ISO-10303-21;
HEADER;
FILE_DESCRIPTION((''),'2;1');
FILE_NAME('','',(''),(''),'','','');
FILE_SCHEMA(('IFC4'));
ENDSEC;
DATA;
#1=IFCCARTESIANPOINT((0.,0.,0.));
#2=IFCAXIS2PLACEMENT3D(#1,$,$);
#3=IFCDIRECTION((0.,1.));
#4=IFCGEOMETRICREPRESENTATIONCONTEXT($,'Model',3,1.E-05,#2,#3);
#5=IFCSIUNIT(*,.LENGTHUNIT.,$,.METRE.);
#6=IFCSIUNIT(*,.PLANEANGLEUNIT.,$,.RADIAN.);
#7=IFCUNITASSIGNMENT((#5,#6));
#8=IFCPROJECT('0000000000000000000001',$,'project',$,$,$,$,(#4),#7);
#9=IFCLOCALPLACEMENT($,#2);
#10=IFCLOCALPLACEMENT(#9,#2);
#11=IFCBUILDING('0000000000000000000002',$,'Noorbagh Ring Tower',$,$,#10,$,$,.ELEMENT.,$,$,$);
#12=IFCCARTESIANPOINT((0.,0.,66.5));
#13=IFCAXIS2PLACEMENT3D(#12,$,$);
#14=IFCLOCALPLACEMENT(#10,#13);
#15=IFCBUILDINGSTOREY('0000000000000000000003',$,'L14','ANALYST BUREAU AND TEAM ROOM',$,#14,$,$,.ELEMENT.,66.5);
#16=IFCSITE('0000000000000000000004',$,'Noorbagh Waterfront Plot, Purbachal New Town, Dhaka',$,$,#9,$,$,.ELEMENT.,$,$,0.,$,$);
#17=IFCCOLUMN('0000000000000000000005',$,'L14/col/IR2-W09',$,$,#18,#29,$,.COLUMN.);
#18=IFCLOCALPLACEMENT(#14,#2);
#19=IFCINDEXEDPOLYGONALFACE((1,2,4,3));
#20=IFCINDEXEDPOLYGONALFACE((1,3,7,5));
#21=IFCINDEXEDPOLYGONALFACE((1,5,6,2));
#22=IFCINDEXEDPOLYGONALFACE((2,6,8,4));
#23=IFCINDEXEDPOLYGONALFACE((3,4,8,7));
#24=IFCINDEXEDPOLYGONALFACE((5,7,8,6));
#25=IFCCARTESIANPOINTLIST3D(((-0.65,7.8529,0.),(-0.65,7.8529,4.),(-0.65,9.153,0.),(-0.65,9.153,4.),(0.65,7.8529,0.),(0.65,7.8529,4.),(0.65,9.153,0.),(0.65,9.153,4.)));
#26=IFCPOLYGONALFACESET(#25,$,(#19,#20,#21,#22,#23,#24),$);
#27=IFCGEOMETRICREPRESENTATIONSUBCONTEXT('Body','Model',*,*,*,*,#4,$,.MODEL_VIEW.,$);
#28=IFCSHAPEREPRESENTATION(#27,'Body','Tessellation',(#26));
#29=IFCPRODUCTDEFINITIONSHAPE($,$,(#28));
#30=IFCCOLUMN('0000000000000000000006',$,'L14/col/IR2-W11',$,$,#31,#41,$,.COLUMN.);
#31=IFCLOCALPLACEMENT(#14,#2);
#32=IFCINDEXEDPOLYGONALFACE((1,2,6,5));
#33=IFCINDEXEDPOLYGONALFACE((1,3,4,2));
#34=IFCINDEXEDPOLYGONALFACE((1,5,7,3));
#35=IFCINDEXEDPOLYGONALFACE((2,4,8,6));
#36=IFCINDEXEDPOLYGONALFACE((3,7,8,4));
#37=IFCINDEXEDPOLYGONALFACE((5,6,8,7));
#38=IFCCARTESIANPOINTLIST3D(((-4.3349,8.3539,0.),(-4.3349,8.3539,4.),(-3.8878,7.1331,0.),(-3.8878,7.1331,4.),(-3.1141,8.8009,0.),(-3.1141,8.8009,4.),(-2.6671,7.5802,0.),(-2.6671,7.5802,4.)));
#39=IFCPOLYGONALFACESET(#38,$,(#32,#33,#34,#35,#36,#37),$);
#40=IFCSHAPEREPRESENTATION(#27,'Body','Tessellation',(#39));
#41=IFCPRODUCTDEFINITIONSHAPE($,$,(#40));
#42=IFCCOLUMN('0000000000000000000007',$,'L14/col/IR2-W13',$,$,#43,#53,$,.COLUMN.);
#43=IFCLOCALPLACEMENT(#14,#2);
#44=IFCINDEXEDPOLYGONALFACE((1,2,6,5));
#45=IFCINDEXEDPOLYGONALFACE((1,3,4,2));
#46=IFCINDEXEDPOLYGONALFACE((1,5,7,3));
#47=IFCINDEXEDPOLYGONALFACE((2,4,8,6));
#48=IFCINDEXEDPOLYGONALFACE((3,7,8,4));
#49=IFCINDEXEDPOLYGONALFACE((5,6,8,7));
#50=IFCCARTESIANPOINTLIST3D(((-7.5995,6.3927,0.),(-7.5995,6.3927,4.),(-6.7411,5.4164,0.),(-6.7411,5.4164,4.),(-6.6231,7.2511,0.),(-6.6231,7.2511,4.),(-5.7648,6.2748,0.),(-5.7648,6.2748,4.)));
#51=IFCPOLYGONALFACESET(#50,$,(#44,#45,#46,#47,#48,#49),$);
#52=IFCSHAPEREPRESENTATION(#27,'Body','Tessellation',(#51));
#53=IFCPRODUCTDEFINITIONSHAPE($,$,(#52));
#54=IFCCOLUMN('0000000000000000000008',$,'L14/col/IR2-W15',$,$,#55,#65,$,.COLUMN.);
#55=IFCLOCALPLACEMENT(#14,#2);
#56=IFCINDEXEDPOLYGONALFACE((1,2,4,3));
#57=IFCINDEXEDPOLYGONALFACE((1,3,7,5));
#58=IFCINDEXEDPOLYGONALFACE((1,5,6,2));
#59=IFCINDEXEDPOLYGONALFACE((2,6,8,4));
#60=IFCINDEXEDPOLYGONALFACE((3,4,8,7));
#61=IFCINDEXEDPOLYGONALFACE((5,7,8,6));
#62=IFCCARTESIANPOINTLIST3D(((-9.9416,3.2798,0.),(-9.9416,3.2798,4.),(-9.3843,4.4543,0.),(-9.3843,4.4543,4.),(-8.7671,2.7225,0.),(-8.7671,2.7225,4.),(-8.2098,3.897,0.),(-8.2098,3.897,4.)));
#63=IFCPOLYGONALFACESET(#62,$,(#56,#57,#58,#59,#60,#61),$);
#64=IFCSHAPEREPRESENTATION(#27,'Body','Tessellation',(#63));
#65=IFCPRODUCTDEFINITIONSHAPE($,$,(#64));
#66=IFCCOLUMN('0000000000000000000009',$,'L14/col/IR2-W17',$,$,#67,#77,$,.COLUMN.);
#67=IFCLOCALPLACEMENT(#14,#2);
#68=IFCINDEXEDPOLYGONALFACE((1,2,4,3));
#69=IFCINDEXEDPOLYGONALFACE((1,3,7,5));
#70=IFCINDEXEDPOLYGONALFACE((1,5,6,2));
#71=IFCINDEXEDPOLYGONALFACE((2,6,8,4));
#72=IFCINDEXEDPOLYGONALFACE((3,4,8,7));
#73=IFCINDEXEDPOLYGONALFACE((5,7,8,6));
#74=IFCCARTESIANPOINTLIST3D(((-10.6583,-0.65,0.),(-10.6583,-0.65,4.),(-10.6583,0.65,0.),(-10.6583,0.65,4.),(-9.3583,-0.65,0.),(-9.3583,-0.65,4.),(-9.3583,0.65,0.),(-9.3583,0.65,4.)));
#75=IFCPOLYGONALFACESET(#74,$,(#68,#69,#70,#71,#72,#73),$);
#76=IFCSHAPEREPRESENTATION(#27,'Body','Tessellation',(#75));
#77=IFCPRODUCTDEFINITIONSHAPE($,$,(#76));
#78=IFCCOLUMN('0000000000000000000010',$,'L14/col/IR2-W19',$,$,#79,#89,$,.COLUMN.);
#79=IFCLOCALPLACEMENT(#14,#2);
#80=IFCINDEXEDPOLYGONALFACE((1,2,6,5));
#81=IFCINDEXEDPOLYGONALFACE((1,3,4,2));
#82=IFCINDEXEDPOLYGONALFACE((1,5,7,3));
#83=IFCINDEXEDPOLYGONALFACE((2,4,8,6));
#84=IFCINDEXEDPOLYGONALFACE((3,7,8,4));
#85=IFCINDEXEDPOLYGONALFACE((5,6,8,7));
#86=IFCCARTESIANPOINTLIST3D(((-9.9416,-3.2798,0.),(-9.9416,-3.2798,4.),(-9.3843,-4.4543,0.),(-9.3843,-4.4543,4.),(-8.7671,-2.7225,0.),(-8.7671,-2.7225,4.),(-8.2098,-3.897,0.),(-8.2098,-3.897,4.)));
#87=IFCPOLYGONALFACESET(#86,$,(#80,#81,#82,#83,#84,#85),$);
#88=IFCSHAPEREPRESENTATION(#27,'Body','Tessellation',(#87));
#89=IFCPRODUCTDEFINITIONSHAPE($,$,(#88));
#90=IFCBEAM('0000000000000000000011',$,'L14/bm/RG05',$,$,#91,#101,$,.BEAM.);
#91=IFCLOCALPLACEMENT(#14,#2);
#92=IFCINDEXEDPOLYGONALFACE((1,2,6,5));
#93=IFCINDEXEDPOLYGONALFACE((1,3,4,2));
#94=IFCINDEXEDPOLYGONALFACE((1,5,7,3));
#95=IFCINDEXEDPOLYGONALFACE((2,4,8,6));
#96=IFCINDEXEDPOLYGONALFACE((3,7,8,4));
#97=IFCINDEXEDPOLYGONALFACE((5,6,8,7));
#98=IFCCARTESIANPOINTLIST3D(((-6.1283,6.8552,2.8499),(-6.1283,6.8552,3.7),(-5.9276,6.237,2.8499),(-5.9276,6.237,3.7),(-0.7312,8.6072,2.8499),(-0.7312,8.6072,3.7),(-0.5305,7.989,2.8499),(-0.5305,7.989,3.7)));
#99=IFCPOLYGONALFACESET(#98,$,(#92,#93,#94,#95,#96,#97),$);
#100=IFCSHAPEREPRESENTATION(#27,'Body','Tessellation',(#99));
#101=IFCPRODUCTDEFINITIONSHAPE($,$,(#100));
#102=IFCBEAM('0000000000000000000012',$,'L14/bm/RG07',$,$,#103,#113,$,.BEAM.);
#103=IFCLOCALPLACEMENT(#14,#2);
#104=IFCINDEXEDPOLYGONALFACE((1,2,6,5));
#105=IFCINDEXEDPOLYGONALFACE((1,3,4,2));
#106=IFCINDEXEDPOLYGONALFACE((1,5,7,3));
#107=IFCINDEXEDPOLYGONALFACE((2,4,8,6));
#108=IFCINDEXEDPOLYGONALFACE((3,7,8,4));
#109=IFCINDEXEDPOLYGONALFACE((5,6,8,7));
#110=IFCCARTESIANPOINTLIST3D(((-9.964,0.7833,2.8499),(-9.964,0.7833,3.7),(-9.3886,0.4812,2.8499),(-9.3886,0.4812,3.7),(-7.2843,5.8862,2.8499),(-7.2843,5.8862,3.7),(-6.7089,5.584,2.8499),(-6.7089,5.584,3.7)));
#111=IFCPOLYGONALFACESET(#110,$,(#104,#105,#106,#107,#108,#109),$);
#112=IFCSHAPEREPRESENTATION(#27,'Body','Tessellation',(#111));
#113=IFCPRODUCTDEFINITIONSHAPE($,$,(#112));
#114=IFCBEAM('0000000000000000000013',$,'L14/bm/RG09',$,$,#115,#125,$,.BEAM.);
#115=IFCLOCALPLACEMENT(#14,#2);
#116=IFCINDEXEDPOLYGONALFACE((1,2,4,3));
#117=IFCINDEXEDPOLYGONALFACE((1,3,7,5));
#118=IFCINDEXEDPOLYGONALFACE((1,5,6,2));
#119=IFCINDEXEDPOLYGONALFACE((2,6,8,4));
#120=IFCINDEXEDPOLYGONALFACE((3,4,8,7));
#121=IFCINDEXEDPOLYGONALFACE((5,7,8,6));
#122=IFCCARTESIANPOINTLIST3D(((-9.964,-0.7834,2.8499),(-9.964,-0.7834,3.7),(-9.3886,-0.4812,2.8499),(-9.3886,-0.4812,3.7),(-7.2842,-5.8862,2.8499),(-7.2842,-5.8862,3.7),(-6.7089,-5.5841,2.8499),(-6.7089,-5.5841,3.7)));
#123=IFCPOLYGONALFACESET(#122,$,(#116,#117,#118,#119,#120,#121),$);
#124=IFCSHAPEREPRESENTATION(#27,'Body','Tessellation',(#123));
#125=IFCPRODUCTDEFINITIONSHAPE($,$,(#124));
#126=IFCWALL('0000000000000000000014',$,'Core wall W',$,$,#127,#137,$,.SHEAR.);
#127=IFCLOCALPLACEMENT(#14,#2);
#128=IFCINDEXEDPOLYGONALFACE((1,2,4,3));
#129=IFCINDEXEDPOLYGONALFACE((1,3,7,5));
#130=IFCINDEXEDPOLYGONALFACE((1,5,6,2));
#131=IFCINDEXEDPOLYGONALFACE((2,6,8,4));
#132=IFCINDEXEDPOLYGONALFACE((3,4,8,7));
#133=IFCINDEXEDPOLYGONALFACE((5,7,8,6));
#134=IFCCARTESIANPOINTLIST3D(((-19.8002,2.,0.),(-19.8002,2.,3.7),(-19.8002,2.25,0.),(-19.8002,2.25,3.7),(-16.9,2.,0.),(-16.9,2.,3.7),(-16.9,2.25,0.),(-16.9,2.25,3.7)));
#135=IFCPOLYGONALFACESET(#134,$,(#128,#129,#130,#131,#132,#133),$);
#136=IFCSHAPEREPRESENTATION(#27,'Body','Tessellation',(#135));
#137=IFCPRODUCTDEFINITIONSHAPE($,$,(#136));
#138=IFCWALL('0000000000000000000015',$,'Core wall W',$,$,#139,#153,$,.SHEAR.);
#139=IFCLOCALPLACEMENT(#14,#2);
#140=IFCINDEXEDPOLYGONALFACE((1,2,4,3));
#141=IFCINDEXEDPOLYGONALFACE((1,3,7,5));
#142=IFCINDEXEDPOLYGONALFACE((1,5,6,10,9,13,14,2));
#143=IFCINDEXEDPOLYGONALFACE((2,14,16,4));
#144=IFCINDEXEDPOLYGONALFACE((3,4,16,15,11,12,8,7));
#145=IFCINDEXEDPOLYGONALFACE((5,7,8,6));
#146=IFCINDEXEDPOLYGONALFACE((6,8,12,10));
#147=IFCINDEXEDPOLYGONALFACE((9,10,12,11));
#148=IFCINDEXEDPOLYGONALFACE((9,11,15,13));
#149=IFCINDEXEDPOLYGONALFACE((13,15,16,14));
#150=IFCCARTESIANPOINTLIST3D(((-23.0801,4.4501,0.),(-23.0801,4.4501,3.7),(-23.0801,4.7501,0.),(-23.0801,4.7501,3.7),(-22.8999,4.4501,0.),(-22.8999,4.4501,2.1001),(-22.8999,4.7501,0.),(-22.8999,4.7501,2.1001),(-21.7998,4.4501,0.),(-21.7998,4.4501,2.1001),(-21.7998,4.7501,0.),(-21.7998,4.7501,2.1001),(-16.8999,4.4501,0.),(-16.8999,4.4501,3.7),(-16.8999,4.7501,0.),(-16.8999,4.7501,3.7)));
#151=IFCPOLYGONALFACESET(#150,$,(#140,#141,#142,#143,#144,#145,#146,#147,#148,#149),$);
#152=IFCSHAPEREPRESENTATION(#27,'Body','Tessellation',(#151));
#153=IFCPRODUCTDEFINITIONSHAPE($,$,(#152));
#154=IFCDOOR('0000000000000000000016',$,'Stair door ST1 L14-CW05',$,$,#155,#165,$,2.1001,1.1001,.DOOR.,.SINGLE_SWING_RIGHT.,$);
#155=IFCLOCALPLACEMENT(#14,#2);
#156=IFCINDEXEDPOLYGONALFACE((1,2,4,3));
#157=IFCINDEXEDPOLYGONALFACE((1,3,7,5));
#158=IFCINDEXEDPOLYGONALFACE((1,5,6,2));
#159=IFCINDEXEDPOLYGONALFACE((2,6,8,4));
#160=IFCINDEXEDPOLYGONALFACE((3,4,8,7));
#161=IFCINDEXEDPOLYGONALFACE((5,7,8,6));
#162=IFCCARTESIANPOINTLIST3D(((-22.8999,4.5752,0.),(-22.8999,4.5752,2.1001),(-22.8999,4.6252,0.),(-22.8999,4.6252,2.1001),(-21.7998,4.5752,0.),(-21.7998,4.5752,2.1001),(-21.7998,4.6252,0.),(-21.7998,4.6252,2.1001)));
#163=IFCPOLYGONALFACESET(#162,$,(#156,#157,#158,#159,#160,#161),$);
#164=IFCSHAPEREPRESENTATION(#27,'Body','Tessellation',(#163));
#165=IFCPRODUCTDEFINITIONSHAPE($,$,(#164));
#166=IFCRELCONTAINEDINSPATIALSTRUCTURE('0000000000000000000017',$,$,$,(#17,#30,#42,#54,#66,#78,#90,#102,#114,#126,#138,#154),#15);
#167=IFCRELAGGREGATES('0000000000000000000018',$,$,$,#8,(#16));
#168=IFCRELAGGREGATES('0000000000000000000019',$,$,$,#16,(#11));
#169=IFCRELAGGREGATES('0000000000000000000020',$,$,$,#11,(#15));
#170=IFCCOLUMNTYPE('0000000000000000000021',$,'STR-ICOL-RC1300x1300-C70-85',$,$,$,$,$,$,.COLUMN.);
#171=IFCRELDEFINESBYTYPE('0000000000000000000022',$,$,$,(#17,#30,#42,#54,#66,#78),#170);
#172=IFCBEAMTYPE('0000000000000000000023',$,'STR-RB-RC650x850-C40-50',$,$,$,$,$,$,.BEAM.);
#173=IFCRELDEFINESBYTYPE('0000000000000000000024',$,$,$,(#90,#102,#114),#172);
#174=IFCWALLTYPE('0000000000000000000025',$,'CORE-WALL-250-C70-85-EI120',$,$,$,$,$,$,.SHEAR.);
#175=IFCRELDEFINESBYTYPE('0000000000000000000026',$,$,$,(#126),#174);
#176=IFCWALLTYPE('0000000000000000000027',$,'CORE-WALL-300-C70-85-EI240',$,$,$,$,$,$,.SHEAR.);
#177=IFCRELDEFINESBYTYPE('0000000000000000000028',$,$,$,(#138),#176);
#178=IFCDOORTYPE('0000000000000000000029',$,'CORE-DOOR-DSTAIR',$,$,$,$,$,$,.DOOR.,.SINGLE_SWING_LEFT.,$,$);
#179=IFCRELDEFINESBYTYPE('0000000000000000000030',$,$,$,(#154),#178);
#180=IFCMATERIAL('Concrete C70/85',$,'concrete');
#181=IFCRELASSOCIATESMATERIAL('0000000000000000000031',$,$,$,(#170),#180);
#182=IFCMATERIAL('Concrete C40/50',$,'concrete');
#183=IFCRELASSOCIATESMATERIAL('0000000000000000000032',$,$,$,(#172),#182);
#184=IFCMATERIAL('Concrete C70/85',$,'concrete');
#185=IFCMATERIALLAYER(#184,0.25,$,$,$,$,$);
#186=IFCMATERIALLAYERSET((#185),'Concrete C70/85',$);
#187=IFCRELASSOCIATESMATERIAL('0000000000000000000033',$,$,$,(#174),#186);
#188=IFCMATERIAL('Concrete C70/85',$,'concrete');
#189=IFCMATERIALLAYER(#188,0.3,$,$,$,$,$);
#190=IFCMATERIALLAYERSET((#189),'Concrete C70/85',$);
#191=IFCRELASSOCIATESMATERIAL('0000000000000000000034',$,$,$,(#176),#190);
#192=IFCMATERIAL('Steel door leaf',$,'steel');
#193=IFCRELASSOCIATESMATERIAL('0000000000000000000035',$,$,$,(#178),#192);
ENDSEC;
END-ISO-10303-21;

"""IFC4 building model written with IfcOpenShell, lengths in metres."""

from ifc_helpers import new_model, si_unit, direction, frame, frame_2d, origin, origin_2d, place, context, subcontext, project, spatial, rectangle, extrude, material, layer, layer_set, material_profile, profile_set, type_object, element, fill, save


model = new_model("IFC4")

# Units and contexts
model_context = context("Model", 3, precision=1e-05, world=origin(), true_north=direction((0.0, 1.0)))
body_context = subcontext(model_context, "Body", "Model", "MODEL_VIEW")
ifc_project = project(units=[si_unit("LENGTHUNIT", "METRE"), si_unit("PLANEANGLEUNIT", "RADIAN")], contexts=[model_context])

# Site, building, storey
site_placement = place(None, origin())
site = spatial("IfcSite", under=ifc_project, at=site_placement, Name="Noorbagh Waterfront Plot, Purbachal New Town, Dhaka", CompositionType="ELEMENT", RefElevation=0.0)
building_placement = place(site_placement, origin())
building = spatial("IfcBuilding", under=site, at=building_placement, Name="Noorbagh Ring Tower", CompositionType="ELEMENT")
storey_placement = place(building_placement, frame((0.0, 0.0, 66.5)))
storey = spatial("IfcBuildingStorey", under=building, at=storey_placement, Name="L14", Description="ANALYST BUREAU AND TEAM ROOM", CompositionType="ELEMENT", Elevation=66.5)

# Columns
ifc_material_1 = material(Name="Concrete C70/85", Category="concrete")
ifc_material_profile_1 = material_profile(ifc_material_1, rectangle(XDim=1.3, YDim=1.3, at=origin_2d()), Name="RC1300x1300")
ifc_profile_set_1 = profile_set([ifc_material_profile_1], Name="Concrete C70/85")
column_type = type_object("IfcColumnType", Name="STR-ICOL-RC1300x1300-C70-85", PredefinedType="COLUMN", material=ifc_profile_set_1)
for number, where, z_axis, x_axis, name in (
    (1, (0.0, 8.5029, 0.0), (0.0, 0.0, 1.0), (-1.0, 0.0, 0.0), "L14/col/IR2-W09"),
    (2, (-3.501, 7.967, 0.0), (0.0, 0.0, 1.0), (-0.93902, -0.343864, 0.0), "L14/col/IR2-W11"),
    (3, (-6.6821, 6.3337, 0.0), (0.0, 0.0, 1.0), (-0.751022, -0.660277, 0.0), "L14/col/IR2-W13"),
    (4, (-9.0757, 3.5884, 0.0), (0.0, 0.0, 1.0), (-0.428667, -0.903463, 0.0), "L14/col/IR2-W15"),
    (5, (-10.0083, 0.0, 0.0), (0.0, 0.0, 1.0), (0.0, -1.0, 0.0), "L14/col/IR2-W17"),
    (6, (-9.0757, -3.5884, 0.0), (0.0, 0.0, 1.0), (0.428667, -0.903463, 0.0), "L14/col/IR2-W19"),
):
    element("IfcColumn", number, at=place(storey_placement, frame(where, z_axis=z_axis, x_axis=x_axis)), inside=storey, type_object=column_type, Name=name, PredefinedType="COLUMN", context=body_context, shape_type="SweptSolid", body=[
        extrude(rectangle(XDim=1.3, YDim=1.3, at=origin_2d()), origin(), (0.0, 0.0, 1.0), 4.0),
    ])

# Beams
ifc_material_2 = material(Name="Concrete C40/50", Category="concrete")
ifc_material_profile_2 = material_profile(ifc_material_2, rectangle(XDim=0.6499, YDim=0.8501, at=origin_2d()), Name="RC650x850")
ifc_profile_set_2 = profile_set([ifc_material_profile_2], Name="Concrete C40/50")
beam_type = type_object("IfcBeamType", Name="STR-RB-RC650x850-C40-50", PredefinedType="BEAM", material=ifc_profile_set_2)
beam_placement = place(storey_placement, frame((-0.6309, 8.2981, 3.2749), z_axis=(-0.951141, -0.308757, 0.0), x_axis=(0.308757, -0.951141, 0.0)))
element("IfcBeam", 7, at=beam_placement, inside=storey, type_object=beam_type, Name="L14/bm/RG05", PredefinedType="BEAM", context=body_context, shape_type="SweptSolid", body=[
    extrude(rectangle(XDim=0.6499, YDim=0.8501, at=origin_2d()), origin(), (0.0, 0.0, 1.0), 5.6743),
])
for number, where, z_axis, x_axis, name in (
    (8, (-6.9966, 5.7351, 3.2749), (-0.464933, -0.885346, 0.0), (0.885346, -0.464933, 0.0), "L14/bm/RG07"),
    (9, (-9.6763, -0.6323, 3.2749), (0.464933, -0.885346, 0.0), (0.885346, 0.464933, 0.0), "L14/bm/RG09"),
):
    element("IfcBeam", number, at=place(storey_placement, frame(where, z_axis=z_axis, x_axis=x_axis)), inside=storey, type_object=beam_type, Name=name, PredefinedType="BEAM", context=body_context, shape_type="SweptSolid", body=[
        extrude(rectangle(XDim=0.6499, YDim=0.8501, at=origin_2d()), origin(), (0.0, 0.0, 1.0), 5.7637),
    ])

# Wall
ifc_material_3 = material(Name="Concrete C70/85", Category="concrete")
ifc_layer_1 = layer(ifc_material_3, 0.25)
ifc_layer_set_1 = layer_set([ifc_layer_1], Name="Concrete C70/85")
wall_type_1 = type_object("IfcWallType", Name="CORE-WALL-250-C70-85-EI120", PredefinedType="SHEAR", material=ifc_layer_set_1)
wall_1_placement = place(storey_placement, frame((-16.8999, 2.125, 0.0), z_axis=(0.0, 0.0, 1.0), x_axis=(-1.0, 0.0, 0.0)))
element("IfcWall", 10, at=wall_1_placement, inside=storey, type_object=wall_type_1, Name="Core wall W", PredefinedType="SHEAR", context=body_context, shape_type="SweptSolid", body=[
    extrude(rectangle(XDim=2.9001, YDim=0.25, at=frame_2d((1.4502, 0.0))), origin(), (0.0, 0.0, 1.0), 3.7),
])

# Wall, opening, door
ifc_material_4 = material(Name="Concrete C70/85", Category="concrete")
ifc_layer_2 = layer(ifc_material_4, 0.3)
ifc_layer_set_2 = layer_set([ifc_layer_2], Name="Concrete C70/85")
wall_type_2 = type_object("IfcWallType", Name="CORE-WALL-300-C70-85-EI240", PredefinedType="SHEAR", material=ifc_layer_set_2)
wall_2_placement = place(storey_placement, frame((-16.8999, 4.6001, 0.0), z_axis=(0.0, 0.0, 1.0), x_axis=(-1.0, 0.0, 0.0)))
wall_2 = element("IfcWall", 11, at=wall_2_placement, inside=storey, type_object=wall_type_2, Name="Core wall W", PredefinedType="SHEAR", context=body_context, shape_type="SweptSolid", body=[
    extrude(rectangle(XDim=6.1802, YDim=0.3, at=frame_2d((3.0901, 0.0))), origin(), (0.0, 0.0, 1.0), 3.7),
])
opening_1_placement = place(wall_2_placement, frame((4.8999, 0.0, 0.0)))
opening_1 = element("IfcOpeningElement", 12, at=opening_1_placement, cuts=wall_2, PredefinedType="OPENING", context=body_context, shape_type="SweptSolid", body=[
    extrude(rectangle(XDim=1.1001, YDim=2.1001, at=frame_2d((0.55, 1.05))), frame((0.0, 0.1602, 0.0), z_axis=(0.0, -1.0, 0.0), x_axis=(1.0, 0.0, 0.0)), (0.0, 0.0, 1.0), 0.3201),
])
ifc_material_5 = material(Name="Steel door leaf", Category="steel")
door_type_1 = type_object("IfcDoorType", Name="CORE-DOOR-DSTAIR", OperationType="SINGLE_SWING_LEFT", PredefinedType="DOOR", material=ifc_material_5)
door_1_placement = place(opening_1_placement, origin())
door_1 = element("IfcDoor", 13, at=door_1_placement, inside=storey, type_object=door_type_1, Name="Stair door ST1 L14-CW05", OperationType="SINGLE_SWING_RIGHT", OverallHeight=2.1001, OverallWidth=1.1001, PredefinedType="DOOR", context=body_context, shape_type="SweptSolid", body=[
    extrude(rectangle(XDim=1.1001, YDim=2.1001, at=frame_2d((0.55, 1.05))), frame((0.0, 0.0249, 0.0), z_axis=(0.0, -1.0, 0.0), x_axis=(1.0, 0.0, 0.0)), (0.0, 0.0, 1.0), 0.05),
])
fill(opening_1, door_1)

save(model, "model.ifc")
